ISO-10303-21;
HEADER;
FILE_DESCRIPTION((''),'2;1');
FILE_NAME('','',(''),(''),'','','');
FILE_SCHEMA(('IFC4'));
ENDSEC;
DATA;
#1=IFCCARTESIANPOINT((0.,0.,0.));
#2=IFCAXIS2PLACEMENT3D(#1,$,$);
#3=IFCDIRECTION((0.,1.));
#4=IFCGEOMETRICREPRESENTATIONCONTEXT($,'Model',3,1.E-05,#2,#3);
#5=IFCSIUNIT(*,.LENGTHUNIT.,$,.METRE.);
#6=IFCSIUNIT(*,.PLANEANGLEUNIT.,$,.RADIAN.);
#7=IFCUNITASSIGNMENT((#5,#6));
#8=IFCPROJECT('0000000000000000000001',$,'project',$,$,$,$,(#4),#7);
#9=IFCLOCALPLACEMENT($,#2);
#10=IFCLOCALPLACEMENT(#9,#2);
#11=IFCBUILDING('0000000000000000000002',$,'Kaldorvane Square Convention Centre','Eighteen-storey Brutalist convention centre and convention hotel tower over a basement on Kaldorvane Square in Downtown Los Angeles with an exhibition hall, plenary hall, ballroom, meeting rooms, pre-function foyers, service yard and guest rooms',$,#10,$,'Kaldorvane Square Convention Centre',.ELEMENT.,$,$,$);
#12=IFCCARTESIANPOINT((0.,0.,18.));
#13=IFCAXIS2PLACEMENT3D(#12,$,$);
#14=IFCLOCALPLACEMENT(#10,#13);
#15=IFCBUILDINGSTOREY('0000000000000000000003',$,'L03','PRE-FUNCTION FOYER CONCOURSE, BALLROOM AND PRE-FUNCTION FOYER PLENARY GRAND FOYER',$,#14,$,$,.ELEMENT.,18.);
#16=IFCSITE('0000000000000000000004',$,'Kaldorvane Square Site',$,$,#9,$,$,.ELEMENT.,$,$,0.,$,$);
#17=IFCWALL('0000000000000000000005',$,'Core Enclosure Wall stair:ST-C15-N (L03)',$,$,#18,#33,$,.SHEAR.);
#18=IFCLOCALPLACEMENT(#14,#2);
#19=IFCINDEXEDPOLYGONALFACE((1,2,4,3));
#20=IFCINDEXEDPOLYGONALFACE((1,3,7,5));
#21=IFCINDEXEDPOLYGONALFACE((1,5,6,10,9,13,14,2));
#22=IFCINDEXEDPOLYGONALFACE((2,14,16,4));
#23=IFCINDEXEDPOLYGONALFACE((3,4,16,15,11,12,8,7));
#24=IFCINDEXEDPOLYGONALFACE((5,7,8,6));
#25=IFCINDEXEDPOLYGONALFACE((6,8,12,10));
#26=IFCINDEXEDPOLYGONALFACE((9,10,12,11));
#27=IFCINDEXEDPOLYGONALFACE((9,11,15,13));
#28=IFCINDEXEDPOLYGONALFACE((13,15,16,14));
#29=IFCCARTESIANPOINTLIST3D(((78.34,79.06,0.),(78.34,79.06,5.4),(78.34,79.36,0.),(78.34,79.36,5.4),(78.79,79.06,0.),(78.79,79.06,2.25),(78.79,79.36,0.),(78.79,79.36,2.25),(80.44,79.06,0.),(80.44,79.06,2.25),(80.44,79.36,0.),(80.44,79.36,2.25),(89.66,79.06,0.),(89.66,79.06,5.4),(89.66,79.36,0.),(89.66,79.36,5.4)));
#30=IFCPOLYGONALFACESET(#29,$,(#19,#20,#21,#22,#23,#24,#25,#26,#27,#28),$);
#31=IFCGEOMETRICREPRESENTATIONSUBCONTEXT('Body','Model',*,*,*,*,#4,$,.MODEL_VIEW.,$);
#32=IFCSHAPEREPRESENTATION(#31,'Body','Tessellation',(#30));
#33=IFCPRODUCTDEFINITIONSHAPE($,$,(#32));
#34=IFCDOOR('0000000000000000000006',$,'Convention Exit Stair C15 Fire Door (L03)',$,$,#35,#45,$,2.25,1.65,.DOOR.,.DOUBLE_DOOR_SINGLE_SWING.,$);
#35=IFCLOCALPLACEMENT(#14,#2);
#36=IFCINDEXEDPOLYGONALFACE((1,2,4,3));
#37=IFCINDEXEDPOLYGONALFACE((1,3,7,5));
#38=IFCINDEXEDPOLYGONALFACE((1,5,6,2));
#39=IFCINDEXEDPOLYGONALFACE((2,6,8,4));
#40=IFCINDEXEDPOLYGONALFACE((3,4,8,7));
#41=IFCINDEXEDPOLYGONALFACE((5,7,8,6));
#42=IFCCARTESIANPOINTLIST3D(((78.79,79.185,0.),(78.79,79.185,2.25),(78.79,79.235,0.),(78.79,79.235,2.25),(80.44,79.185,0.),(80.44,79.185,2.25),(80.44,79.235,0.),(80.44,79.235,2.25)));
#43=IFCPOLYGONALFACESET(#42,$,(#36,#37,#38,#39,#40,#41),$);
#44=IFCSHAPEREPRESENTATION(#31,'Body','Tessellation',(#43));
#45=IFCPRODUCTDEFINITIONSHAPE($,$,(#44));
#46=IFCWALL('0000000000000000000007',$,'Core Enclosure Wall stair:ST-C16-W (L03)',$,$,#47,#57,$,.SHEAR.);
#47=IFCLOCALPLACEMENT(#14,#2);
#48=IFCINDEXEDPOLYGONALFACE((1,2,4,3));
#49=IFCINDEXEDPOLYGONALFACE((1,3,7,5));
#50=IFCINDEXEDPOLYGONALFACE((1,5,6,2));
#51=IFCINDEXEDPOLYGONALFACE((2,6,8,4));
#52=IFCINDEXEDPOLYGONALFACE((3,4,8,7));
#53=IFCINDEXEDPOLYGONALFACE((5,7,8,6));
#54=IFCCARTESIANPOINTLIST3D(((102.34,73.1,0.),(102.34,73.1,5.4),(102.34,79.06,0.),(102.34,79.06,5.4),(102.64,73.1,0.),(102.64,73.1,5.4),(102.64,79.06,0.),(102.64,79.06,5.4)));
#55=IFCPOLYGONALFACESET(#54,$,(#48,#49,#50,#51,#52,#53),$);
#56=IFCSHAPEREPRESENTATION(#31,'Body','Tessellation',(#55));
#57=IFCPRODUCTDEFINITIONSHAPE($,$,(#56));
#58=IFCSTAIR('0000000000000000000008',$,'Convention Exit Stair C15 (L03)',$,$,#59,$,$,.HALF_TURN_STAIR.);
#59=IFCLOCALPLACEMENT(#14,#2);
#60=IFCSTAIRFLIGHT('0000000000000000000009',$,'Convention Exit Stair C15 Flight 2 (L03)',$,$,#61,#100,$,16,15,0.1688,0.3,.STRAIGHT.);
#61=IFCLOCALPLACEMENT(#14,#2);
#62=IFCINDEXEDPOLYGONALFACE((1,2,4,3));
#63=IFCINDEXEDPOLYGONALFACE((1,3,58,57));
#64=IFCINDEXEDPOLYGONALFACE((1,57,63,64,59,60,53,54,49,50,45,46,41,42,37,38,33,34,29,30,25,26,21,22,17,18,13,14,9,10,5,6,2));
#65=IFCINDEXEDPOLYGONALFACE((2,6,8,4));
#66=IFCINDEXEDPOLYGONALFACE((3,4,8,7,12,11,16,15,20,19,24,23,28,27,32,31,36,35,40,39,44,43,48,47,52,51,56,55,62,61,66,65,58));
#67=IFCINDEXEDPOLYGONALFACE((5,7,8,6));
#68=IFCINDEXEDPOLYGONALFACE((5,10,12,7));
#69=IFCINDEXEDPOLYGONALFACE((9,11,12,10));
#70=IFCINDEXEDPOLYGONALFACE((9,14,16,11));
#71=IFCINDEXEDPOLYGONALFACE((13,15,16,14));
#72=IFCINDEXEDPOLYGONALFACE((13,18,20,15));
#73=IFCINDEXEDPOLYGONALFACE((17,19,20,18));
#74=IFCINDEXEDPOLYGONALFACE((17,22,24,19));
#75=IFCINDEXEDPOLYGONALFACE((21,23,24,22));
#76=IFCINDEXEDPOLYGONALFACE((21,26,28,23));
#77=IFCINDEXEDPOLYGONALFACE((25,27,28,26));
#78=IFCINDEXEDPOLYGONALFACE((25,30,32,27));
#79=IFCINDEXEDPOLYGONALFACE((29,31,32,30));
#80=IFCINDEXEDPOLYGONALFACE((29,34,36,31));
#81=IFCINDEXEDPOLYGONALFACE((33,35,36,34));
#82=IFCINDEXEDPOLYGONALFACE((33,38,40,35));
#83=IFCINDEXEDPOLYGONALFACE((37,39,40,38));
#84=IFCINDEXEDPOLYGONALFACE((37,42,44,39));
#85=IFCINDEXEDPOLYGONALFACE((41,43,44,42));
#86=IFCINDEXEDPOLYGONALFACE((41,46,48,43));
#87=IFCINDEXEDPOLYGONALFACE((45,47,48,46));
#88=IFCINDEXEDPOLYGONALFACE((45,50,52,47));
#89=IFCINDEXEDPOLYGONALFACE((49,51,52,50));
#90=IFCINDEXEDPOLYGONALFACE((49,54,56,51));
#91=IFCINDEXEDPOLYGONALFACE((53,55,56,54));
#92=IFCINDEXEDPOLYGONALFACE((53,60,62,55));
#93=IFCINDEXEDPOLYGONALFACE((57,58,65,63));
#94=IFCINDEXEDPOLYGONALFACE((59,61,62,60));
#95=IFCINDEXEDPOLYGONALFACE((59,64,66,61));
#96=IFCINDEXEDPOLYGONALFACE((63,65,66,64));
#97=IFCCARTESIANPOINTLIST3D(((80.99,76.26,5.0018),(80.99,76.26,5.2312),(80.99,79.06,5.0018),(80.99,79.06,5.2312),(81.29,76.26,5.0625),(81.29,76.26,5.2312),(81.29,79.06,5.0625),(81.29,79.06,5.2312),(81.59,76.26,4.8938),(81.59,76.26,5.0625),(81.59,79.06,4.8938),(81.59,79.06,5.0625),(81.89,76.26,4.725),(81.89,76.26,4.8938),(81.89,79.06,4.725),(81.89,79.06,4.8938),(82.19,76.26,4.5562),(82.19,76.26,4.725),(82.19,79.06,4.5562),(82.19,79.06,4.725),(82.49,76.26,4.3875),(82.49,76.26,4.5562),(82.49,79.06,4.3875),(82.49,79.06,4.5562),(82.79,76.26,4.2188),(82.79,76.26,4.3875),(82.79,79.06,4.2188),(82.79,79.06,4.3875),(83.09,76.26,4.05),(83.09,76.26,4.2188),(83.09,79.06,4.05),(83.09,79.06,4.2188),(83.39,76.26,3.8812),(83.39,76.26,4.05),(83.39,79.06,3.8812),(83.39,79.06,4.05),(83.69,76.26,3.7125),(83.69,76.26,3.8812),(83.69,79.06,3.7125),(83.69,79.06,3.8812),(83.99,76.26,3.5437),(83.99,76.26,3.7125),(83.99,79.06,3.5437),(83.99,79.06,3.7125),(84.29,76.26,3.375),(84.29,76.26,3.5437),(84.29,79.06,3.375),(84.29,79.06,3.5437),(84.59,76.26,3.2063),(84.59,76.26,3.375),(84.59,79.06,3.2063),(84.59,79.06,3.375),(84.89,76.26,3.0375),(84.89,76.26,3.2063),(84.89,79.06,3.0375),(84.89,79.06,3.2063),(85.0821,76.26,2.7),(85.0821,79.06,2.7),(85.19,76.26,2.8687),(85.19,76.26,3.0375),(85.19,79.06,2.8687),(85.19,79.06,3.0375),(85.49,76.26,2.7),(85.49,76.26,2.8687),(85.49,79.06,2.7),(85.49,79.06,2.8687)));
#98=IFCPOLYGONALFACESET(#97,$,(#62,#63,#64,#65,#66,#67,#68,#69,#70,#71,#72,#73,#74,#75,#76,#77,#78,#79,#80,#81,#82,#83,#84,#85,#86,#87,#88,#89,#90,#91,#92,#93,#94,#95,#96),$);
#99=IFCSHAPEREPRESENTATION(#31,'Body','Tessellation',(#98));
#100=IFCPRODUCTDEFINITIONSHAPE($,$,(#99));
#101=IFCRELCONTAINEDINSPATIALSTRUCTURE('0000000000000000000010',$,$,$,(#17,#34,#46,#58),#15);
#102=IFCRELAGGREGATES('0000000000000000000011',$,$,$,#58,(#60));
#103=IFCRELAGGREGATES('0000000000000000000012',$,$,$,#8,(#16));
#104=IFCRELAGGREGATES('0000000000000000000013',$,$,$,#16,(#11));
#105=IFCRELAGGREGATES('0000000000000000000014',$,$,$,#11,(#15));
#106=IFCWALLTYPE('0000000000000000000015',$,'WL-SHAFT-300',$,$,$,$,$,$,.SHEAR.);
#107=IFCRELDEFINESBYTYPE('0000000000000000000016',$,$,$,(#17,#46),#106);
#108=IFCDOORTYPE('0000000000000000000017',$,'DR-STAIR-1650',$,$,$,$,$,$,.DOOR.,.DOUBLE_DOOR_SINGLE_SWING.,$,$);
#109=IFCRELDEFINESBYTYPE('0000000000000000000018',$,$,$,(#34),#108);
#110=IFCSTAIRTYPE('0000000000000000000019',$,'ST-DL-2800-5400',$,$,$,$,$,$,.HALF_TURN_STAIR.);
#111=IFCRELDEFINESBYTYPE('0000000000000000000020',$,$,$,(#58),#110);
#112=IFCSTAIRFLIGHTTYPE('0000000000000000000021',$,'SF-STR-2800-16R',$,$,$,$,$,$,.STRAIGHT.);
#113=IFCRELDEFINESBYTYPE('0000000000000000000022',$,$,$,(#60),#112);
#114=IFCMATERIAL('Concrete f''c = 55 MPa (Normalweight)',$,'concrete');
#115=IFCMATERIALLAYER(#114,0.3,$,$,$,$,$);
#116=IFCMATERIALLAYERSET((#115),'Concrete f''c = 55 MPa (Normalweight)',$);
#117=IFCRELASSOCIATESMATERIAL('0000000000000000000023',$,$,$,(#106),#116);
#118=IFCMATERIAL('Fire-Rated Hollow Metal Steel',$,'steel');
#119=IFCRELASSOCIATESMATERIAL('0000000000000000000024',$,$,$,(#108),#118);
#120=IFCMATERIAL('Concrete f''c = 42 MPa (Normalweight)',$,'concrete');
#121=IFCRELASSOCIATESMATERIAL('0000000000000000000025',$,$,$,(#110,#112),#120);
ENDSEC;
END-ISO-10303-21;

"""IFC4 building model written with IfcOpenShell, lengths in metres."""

from ifc_helpers import new_model, si_unit, direction, frame, frame_2d, origin, place, context, subcontext, project, spatial, polyline, rectangle, outline, extrude, material, layer, layer_set, type_object, element, fill, aggregate, save


model = new_model("IFC4")

# Units and contexts
model_context = context("Model", 3, precision=1e-05, world=origin(), true_north=direction((0.0, 1.0)))
body_context = subcontext(model_context, "Body", "Model", "MODEL_VIEW")
ifc_project = project(units=[si_unit("LENGTHUNIT", "METRE"), si_unit("PLANEANGLEUNIT", "RADIAN")], contexts=[model_context])

# Site, building, storey
site_placement = place(None, origin())
site = spatial("IfcSite", under=ifc_project, at=site_placement, Name="Kaldorvane Square Site", CompositionType="ELEMENT", RefElevation=0.0)
building_placement = place(site_placement, origin())
building = spatial("IfcBuilding", under=site, at=building_placement, Name="Kaldorvane Square Convention Centre", Description="Eighteen-storey Brutalist convention centre and convention hotel tower over a basement on Kaldorvane Square in Downtown Los Angeles with an exhibition hall, plenary hall, ballroom, meeting rooms, pre-function foyers, service yard and guest rooms", LongName="Kaldorvane Square Convention Centre", CompositionType="ELEMENT")
storey_placement = place(building_placement, frame((0.0, 0.0, 18.0)))
storey = spatial("IfcBuildingStorey", under=building, at=storey_placement, Name="L03", Description="PRE-FUNCTION FOYER CONCOURSE, BALLROOM AND PRE-FUNCTION FOYER PLENARY GRAND FOYER", CompositionType="ELEMENT", Elevation=18.0)

# Shared definitions
ifc_material_1 = material(Name="Concrete f'c = 55 MPa (Normalweight)", Category="concrete")

# Wall, opening, door
ifc_layer = layer(ifc_material_1, 0.3)
ifc_layer_set = layer_set([ifc_layer], Name="Concrete f'c = 55 MPa (Normalweight)")
wall_type = type_object("IfcWallType", Name="WL-SHAFT-300", PredefinedType="SHEAR", material=ifc_layer_set)
wall_1_placement = place(storey_placement, frame((89.66, 79.21, 0.0), z_axis=(0.0, 0.0, 1.0), x_axis=(-1.0, 0.0, 0.0)))
wall_1 = element("IfcWall", 1, at=wall_1_placement, inside=storey, type_object=wall_type, Name="Core Enclosure Wall stair:ST-C15-N (L03)", PredefinedType="SHEAR", context=body_context, shape_type="SweptSolid", body=[
    extrude(rectangle(XDim=11.32, YDim=0.3, at=frame_2d((5.66, 0.0))), origin(), (0.0, 0.0, 1.0), 5.4),
])
opening_placement = place(wall_1_placement, frame((9.22, 0.0, 0.0)))
opening = element("IfcOpeningElement", 2, at=opening_placement, cuts=wall_1, PredefinedType="OPENING", context=body_context, shape_type="SweptSolid", body=[
    extrude(rectangle(XDim=1.65, YDim=2.25, at=frame_2d((0.825, 1.125))), frame((0.0, 0.165, 0.0), z_axis=(0.0, -1.0, 0.0), x_axis=(1.0, 0.0, 0.0)), (0.0, 0.0, 1.0), 0.33),
])
ifc_material_2 = material(Name="Fire-Rated Hollow Metal Steel", Category="steel")
door_type = type_object("IfcDoorType", Name="DR-STAIR-1650", OperationType="DOUBLE_DOOR_SINGLE_SWING", PredefinedType="DOOR", material=ifc_material_2)
door_placement = place(opening_placement, origin())
door = element("IfcDoor", 3, at=door_placement, inside=storey, type_object=door_type, Name="Convention Exit Stair C15 Fire Door (L03)", OperationType="DOUBLE_DOOR_SINGLE_SWING", OverallHeight=2.25, OverallWidth=1.65, PredefinedType="DOOR", context=body_context, shape_type="SweptSolid", body=[
    extrude(rectangle(XDim=1.65, YDim=2.25, at=frame_2d((0.825, 1.125))), frame((0.0, 0.025, 0.0), z_axis=(0.0, -1.0, 0.0), x_axis=(1.0, 0.0, 0.0)), (0.0, 0.0, 1.0), 0.05),
])
fill(opening, door)

# Wall
wall_2_placement = place(storey_placement, frame((102.49, 79.06, 0.0), z_axis=(0.0, 0.0, 1.0), x_axis=(0.0, -1.0, 0.0)))
element("IfcWall", 4, at=wall_2_placement, inside=storey, type_object=wall_type, Name="Core Enclosure Wall stair:ST-C16-W (L03)", PredefinedType="SHEAR", context=body_context, shape_type="SweptSolid", body=[
    extrude(rectangle(XDim=5.96, YDim=0.3, at=frame_2d((2.98, 0.0))), origin(), (0.0, 0.0, 1.0), 5.4),
])

# Stair, stair flight
ifc_material_3 = material(Name="Concrete f'c = 42 MPa (Normalweight)", Category="concrete")
stair_type = type_object("IfcStairType", Name="ST-DL-2800-5400", PredefinedType="HALF_TURN_STAIR", material=ifc_material_3)
stair_placement = place(storey_placement, origin())
stair = element("IfcStair", 5, at=stair_placement, inside=storey, type_object=stair_type, Name="Convention Exit Stair C15 (L03)", PredefinedType="HALF_TURN_STAIR")
stair_flight_type = type_object("IfcStairFlightType", Name="SF-STR-2800-16R", PredefinedType="STRAIGHT", material=ifc_material_3)
stair_flight_placement = place(storey_placement, frame((85.49, 77.66, 2.7), z_axis=(0.0, 0.0, 1.0), x_axis=(-1.0, 0.0, 0.0)))
stair_flight = element("IfcStairFlight", 6, at=stair_flight_placement, type_object=stair_flight_type, Name="Convention Exit Stair C15 Flight 2 (L03)", NumberOfRisers=16, NumberOfTreads=15, PredefinedType="STRAIGHT", RiserHeight=0.1688, TreadLength=0.3, context=body_context, shape_type="SweptSolid", body=[
    extrude(outline(polyline([(0.0, 0.0), (0.0, 0.1687), (0.3, 0.1687), (0.3, 0.3375), (0.6, 0.3375), (0.6, 0.5063), (0.9, 0.5063), (0.9, 0.675), (1.2, 0.675), (1.2, 0.8438), (1.5, 0.8438), (1.5, 1.0125), (1.8, 1.0125), (1.8, 1.1812), (2.1, 1.1812), (2.1, 1.35), (2.4, 1.35), (2.4, 1.5188), (2.7, 1.5188), (2.7, 1.6875), (3.0, 1.6875), (3.0, 1.8562), (3.3, 1.8562), (3.3, 2.025), (3.6, 2.025), (3.6, 2.1938), (3.9, 2.1938), (3.9, 2.3625), (4.2, 2.3625), (4.2, 2.5312), (4.5, 2.5312), (4.5, 2.7), (4.5, 2.3018), (0.4079, 0.0), (0.0, 0.0)])), frame((0.0, 1.4, 0.0), z_axis=(0.0, -1.0, 0.0), x_axis=(1.0, 0.0, 0.0)), (0.0, 0.0, 1.0), 2.8),
])
aggregate(stair, [stair_flight])

save(model, "model.ifc")
